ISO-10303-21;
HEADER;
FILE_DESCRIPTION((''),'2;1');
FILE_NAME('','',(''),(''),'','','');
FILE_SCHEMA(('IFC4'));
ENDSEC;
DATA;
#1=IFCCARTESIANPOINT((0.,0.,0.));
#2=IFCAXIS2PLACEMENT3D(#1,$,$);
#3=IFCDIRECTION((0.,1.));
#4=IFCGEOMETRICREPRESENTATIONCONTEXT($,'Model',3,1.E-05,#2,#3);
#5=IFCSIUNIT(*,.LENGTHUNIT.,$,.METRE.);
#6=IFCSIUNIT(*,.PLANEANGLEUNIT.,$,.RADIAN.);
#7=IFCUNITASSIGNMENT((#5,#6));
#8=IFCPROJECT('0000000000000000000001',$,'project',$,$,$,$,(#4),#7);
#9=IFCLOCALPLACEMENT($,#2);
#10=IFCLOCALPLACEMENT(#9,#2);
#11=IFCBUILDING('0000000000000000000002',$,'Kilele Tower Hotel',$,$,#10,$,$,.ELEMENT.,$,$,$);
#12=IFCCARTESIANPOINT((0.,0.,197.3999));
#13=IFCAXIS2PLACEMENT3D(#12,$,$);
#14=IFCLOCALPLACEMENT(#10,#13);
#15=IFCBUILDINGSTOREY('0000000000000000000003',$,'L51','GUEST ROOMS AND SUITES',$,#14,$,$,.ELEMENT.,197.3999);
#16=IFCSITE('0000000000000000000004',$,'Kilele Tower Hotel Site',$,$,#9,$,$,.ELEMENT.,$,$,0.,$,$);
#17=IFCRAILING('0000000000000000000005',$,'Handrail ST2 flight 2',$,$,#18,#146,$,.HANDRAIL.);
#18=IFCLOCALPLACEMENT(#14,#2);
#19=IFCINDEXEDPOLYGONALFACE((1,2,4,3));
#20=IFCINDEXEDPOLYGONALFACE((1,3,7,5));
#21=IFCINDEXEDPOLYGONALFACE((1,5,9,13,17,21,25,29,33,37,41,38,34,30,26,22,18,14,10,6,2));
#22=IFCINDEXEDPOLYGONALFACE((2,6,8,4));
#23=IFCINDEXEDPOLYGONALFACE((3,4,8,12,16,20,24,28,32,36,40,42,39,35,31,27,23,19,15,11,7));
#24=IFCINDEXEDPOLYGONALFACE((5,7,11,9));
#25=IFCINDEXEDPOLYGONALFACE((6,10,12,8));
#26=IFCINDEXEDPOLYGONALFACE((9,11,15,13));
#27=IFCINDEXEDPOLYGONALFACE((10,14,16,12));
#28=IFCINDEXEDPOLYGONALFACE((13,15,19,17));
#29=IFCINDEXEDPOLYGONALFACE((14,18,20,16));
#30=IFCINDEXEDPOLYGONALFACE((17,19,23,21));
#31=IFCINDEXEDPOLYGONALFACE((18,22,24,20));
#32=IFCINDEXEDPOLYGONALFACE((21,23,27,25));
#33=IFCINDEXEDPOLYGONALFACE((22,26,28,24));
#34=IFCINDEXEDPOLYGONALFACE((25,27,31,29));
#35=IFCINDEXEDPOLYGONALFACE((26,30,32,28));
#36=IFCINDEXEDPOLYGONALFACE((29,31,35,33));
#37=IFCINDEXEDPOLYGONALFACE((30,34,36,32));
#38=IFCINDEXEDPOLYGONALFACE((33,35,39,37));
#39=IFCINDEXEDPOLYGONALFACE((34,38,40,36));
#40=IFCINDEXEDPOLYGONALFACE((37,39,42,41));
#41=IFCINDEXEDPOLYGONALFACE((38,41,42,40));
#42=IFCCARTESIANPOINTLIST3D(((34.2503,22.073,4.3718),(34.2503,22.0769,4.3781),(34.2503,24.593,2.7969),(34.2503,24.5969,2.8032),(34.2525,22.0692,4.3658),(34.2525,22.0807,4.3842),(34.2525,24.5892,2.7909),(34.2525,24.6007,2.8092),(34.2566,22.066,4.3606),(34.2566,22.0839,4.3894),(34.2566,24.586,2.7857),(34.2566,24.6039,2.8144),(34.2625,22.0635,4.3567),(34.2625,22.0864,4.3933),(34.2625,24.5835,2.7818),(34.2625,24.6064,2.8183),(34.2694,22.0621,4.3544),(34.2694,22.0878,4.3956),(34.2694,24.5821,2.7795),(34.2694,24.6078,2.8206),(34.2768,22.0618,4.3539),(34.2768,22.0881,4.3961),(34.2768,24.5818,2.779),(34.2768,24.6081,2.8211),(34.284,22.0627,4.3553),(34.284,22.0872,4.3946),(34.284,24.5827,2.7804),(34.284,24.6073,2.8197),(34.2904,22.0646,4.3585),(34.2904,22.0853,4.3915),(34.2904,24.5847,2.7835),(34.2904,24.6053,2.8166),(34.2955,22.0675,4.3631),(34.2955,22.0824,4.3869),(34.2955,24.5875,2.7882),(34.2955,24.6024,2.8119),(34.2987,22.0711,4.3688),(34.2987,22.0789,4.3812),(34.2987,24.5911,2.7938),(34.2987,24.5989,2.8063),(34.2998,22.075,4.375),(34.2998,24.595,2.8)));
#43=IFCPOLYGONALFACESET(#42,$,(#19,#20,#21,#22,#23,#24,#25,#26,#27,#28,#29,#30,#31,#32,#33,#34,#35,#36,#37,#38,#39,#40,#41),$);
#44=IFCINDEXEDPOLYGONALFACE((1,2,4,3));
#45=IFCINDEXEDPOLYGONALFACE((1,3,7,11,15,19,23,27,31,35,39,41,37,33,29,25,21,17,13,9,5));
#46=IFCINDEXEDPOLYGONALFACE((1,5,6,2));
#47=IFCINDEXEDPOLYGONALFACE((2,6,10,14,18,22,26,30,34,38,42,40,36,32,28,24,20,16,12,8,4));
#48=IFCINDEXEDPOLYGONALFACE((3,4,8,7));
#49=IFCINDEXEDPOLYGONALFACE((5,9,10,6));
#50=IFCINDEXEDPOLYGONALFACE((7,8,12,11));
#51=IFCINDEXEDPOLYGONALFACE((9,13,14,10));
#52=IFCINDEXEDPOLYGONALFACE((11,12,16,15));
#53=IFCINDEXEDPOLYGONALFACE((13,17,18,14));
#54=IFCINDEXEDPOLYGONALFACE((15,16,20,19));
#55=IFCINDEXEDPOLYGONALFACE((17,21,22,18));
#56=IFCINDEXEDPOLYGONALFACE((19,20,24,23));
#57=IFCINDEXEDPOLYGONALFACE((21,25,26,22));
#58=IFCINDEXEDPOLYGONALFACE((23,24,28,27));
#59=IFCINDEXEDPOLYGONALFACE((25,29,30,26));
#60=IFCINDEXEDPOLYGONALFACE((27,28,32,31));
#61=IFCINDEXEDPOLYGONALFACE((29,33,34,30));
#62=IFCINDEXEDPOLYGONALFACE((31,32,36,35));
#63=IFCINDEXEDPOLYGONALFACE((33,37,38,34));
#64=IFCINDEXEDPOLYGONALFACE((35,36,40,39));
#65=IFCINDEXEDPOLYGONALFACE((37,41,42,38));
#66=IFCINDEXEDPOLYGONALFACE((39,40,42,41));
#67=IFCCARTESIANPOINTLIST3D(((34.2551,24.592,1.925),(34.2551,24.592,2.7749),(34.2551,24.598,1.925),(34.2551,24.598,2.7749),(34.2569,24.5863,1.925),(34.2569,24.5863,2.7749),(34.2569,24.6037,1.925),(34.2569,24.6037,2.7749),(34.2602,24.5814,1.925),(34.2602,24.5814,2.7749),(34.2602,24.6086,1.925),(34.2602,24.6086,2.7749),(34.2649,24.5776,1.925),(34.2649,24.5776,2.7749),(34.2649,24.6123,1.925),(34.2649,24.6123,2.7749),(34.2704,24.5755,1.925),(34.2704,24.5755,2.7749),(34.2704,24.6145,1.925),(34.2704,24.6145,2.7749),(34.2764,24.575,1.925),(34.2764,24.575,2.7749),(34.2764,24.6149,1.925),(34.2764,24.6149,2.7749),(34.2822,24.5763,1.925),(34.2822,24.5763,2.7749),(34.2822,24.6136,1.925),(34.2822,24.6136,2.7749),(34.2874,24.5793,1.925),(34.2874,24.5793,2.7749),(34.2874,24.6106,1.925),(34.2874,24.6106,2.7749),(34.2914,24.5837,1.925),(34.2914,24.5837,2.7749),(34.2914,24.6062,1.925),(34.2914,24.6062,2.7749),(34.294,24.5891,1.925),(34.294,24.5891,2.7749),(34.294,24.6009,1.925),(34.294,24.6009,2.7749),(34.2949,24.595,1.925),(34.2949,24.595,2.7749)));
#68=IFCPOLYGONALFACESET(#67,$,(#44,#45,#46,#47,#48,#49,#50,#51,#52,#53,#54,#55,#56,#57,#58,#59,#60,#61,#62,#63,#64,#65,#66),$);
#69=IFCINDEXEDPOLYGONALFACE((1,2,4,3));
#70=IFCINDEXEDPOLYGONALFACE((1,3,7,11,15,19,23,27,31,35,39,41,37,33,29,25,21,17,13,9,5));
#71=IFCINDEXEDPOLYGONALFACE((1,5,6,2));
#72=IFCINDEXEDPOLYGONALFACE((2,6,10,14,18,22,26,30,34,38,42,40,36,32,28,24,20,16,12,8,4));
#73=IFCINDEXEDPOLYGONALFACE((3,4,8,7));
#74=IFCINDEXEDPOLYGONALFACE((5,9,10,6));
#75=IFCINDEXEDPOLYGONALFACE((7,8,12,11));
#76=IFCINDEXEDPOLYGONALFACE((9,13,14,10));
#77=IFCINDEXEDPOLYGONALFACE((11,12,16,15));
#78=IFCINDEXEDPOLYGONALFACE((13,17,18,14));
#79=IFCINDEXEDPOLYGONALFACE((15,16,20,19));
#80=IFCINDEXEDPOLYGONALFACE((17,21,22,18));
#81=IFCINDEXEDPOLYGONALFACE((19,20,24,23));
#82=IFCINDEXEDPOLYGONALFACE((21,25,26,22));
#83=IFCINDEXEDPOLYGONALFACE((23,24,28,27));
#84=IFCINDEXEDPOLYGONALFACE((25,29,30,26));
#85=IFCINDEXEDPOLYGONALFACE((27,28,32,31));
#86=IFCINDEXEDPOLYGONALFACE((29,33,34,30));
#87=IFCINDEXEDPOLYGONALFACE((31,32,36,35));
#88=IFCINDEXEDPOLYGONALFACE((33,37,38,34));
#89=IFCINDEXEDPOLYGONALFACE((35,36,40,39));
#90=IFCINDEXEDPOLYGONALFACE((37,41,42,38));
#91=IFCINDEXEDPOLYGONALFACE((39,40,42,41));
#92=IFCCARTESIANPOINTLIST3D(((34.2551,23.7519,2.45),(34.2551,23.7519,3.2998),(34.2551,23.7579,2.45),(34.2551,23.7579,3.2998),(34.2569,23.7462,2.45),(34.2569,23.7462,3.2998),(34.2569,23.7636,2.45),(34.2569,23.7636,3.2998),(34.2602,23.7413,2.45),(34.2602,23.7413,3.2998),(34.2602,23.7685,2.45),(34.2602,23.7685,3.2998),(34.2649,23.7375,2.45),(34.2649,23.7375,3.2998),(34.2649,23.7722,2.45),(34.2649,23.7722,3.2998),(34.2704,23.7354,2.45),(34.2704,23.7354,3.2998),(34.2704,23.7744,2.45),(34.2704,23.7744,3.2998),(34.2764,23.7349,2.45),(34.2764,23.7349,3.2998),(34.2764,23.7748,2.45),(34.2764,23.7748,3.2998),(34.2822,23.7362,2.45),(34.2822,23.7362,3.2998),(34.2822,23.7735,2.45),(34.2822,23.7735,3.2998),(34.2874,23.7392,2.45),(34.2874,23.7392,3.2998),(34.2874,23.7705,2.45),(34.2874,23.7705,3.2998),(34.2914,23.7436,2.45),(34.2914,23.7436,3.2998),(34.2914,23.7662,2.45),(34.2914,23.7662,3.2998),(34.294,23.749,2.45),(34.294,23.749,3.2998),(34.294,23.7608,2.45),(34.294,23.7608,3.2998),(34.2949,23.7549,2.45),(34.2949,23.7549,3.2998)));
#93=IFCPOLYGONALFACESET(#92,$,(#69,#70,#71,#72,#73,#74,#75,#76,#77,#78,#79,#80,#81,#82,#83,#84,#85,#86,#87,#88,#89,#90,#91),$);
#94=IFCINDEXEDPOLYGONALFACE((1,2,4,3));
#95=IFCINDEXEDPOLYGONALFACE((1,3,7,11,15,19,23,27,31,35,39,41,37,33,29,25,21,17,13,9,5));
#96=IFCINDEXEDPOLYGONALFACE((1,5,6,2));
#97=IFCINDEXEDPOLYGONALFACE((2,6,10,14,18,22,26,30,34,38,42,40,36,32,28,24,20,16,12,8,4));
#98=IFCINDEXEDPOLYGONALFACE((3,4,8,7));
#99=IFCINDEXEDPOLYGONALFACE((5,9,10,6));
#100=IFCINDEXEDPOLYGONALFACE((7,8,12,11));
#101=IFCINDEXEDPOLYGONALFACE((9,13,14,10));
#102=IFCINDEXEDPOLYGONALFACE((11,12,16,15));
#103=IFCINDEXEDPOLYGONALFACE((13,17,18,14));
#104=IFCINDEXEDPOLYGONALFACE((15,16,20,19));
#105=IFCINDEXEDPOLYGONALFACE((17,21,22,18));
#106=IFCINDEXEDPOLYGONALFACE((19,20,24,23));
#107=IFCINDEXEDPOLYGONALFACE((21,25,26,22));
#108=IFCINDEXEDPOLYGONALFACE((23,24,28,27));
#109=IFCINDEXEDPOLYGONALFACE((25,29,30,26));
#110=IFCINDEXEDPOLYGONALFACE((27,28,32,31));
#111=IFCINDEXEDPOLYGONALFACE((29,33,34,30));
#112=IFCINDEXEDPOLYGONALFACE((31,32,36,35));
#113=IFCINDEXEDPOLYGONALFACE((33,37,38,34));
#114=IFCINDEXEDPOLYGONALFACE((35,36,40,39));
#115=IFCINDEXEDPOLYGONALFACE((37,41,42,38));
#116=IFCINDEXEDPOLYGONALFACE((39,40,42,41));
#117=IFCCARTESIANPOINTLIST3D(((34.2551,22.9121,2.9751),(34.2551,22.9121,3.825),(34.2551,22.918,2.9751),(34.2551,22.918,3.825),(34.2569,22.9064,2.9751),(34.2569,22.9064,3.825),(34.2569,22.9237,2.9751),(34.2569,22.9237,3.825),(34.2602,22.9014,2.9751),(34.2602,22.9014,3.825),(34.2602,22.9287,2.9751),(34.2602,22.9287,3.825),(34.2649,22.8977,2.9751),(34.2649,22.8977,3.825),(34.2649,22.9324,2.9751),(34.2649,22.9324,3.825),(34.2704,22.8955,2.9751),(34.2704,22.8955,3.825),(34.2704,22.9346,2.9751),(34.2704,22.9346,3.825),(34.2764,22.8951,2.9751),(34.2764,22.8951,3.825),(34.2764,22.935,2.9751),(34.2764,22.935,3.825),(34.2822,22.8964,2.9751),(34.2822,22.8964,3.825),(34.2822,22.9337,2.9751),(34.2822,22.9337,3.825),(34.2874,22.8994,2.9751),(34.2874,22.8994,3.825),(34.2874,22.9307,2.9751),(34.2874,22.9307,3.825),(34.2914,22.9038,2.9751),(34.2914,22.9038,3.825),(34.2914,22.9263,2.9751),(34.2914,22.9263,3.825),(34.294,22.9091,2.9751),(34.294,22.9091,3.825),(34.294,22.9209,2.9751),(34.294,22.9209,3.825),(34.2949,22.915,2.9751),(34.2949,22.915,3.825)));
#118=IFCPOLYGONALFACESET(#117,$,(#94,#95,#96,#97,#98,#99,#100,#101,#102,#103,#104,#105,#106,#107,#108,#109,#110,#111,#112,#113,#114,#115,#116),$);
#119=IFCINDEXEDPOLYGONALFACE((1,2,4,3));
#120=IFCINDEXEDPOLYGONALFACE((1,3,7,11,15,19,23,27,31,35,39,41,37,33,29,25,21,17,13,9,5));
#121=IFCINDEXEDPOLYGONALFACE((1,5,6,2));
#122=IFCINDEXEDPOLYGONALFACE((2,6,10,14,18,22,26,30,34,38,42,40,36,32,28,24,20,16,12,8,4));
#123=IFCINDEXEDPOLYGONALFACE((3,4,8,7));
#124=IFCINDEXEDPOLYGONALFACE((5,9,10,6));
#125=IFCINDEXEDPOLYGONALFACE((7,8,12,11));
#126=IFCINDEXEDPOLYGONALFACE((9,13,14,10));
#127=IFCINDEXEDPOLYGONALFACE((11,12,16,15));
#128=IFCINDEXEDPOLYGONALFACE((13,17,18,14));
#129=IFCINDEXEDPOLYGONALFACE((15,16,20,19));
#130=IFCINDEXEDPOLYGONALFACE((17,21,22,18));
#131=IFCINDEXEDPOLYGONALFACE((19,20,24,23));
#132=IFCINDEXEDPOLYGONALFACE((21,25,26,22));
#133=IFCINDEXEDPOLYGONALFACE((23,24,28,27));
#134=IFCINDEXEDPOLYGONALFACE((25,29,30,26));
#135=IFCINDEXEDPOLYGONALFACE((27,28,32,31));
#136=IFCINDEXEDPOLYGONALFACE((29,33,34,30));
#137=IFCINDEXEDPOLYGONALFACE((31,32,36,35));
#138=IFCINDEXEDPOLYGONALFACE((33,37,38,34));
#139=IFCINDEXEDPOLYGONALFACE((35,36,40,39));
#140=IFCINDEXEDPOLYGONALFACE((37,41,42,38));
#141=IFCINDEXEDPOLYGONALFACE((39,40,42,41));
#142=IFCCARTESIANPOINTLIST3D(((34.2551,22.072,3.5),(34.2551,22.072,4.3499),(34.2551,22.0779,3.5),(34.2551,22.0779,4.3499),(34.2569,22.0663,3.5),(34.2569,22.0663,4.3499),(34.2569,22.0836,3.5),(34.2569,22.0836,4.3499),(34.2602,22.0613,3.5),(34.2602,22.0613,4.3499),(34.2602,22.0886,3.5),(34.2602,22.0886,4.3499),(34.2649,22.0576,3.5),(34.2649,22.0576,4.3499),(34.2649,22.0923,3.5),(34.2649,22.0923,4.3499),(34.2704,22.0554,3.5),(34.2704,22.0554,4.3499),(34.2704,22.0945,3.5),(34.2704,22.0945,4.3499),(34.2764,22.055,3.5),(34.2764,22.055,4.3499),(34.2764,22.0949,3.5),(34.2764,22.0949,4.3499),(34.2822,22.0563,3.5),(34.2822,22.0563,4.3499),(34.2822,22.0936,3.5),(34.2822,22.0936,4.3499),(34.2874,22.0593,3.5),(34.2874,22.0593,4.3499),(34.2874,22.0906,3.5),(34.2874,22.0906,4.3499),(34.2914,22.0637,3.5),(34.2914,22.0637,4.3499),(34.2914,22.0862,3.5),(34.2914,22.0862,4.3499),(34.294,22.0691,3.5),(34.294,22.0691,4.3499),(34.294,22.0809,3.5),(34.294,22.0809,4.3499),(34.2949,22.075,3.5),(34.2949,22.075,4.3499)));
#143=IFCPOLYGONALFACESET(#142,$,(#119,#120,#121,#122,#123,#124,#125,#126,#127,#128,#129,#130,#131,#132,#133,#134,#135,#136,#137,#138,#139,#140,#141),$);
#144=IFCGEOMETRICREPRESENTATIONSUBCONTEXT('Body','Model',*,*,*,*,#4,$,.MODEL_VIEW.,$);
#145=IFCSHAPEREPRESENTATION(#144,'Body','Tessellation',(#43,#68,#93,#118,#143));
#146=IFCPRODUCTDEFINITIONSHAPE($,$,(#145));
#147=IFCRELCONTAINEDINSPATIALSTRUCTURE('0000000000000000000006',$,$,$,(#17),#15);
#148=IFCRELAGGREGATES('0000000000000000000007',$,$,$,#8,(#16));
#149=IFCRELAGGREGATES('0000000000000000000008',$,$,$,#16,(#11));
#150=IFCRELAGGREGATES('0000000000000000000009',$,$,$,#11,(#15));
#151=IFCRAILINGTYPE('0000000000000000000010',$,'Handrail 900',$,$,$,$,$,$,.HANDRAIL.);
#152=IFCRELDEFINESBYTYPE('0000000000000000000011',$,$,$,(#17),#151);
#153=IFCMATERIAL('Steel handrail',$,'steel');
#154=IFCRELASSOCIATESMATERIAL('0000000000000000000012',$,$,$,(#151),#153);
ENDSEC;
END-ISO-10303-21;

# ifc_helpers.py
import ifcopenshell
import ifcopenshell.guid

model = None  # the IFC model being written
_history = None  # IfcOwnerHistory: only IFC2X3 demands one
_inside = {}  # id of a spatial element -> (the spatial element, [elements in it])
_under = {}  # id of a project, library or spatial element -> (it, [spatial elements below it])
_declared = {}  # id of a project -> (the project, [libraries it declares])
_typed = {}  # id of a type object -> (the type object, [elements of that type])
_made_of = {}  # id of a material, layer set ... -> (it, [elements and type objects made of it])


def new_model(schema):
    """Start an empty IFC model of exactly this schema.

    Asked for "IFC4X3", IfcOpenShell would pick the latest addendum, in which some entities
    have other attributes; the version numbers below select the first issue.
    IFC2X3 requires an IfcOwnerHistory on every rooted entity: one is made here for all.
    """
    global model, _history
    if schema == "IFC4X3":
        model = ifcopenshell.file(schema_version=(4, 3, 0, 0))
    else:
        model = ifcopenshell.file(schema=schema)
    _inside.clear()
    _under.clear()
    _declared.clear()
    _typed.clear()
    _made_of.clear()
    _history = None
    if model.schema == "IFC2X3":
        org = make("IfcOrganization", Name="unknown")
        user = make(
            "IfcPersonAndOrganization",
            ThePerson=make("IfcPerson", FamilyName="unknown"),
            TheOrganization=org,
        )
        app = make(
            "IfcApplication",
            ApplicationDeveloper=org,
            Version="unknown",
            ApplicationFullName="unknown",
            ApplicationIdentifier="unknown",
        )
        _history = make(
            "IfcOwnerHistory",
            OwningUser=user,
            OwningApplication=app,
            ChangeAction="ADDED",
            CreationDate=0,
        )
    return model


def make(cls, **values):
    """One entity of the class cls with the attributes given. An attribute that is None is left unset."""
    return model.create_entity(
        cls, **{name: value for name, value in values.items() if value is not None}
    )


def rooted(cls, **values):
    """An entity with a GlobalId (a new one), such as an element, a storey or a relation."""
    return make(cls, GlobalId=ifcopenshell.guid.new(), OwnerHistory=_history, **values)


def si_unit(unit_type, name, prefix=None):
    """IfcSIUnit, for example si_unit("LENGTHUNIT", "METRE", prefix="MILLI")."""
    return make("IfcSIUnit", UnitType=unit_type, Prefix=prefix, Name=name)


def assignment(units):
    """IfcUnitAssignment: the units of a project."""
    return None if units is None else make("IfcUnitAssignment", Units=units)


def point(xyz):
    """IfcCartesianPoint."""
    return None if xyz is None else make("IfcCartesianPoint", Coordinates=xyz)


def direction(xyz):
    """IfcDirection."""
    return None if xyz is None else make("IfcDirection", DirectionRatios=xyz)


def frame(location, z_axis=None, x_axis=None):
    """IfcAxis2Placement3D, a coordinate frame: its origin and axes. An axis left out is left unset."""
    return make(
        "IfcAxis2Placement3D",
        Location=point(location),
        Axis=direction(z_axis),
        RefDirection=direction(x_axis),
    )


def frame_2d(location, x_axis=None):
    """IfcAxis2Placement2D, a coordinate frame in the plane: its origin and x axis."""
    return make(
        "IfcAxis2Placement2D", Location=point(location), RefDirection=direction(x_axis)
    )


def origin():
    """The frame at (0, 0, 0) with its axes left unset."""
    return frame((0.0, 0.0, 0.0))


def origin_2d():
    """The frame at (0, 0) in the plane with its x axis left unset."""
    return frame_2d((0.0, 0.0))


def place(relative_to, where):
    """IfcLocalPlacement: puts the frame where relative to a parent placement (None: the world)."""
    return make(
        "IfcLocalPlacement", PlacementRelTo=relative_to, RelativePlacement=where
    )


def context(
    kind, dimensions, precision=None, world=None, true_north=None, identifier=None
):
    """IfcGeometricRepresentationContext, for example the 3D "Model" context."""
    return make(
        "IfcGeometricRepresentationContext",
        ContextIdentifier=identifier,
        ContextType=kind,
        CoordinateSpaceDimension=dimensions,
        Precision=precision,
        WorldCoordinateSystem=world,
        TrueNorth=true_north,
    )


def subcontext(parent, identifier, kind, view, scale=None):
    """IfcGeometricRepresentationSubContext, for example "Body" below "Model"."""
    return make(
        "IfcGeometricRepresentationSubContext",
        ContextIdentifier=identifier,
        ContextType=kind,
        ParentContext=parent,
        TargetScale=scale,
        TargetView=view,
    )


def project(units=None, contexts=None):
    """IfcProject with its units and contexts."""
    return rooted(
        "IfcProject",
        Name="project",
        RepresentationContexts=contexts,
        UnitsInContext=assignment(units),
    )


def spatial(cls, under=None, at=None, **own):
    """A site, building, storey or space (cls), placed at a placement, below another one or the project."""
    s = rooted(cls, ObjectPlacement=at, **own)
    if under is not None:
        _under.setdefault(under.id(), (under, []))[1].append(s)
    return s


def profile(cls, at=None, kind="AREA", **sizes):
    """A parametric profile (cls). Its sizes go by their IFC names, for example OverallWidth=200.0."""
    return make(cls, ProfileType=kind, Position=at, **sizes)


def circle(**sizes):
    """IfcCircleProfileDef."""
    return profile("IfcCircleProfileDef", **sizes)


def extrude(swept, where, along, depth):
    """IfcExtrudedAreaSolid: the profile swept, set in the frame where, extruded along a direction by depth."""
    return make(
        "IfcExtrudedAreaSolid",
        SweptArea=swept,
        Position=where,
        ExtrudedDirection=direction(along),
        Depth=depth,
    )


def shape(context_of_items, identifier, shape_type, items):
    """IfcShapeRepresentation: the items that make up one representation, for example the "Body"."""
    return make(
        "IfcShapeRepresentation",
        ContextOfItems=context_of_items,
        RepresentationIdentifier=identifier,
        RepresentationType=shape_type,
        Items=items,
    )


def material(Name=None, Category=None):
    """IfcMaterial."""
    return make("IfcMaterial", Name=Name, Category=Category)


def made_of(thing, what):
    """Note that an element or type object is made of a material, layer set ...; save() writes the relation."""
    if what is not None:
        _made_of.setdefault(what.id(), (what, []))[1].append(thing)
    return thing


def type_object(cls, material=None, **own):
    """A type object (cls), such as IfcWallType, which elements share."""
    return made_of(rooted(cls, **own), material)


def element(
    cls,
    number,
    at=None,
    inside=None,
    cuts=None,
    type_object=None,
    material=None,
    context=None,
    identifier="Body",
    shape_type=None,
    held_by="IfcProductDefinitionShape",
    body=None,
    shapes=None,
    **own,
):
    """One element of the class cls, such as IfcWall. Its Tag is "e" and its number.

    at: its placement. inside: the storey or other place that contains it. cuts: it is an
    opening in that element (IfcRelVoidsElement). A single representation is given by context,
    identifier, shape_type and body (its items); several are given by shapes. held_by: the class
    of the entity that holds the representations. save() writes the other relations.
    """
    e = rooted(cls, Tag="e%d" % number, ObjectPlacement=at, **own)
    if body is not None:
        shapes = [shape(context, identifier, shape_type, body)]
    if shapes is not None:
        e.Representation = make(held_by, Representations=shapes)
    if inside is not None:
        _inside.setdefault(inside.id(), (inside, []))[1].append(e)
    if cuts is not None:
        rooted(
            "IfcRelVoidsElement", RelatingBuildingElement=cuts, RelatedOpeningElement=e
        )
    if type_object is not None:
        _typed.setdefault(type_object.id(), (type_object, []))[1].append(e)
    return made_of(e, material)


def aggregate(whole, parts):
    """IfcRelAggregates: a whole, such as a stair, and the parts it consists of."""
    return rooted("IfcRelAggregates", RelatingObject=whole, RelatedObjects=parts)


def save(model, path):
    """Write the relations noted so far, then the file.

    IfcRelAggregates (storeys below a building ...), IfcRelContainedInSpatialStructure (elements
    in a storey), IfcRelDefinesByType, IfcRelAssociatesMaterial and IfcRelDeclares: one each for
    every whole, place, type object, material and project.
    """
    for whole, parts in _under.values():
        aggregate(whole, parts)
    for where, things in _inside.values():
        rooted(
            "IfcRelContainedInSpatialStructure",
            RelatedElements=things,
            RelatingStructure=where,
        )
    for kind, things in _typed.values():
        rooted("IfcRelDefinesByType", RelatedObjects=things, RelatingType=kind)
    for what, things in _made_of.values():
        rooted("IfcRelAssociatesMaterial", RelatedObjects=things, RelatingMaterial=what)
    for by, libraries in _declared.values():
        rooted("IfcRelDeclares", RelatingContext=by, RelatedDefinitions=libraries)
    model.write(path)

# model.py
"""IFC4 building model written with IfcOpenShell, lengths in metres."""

from ifc_helpers import new_model, si_unit, direction, frame, origin, origin_2d, place, context, subcontext, project, spatial, circle, extrude, material, type_object, element, save


model = new_model("IFC4")

# Units and contexts
model_context = context("Model", 3, precision=1e-05, world=origin(), true_north=direction((0.0, 1.0)))
body_context = subcontext(model_context, "Body", "Model", "MODEL_VIEW")
ifc_project = project(units=[si_unit("LENGTHUNIT", "METRE"), si_unit("PLANEANGLEUNIT", "RADIAN")], contexts=[model_context])

# Site, building, storey
site_placement = place(None, origin())
site = spatial("IfcSite", under=ifc_project, at=site_placement, Name="Kilele Tower Hotel Site", CompositionType="ELEMENT", RefElevation=0.0)
building_placement = place(site_placement, origin())
building = spatial("IfcBuilding", under=site, at=building_placement, Name="Kilele Tower Hotel", CompositionType="ELEMENT")
storey_placement = place(building_placement, frame((0.0, 0.0, 197.3999)))
storey = spatial("IfcBuildingStorey", under=building, at=storey_placement, Name="L51", Description="GUEST ROOMS AND SUITES", CompositionType="ELEMENT", Elevation=197.3999)

# Railing
ifc_material_1 = material(Name="Steel handrail", Category="steel")
railing_type_1 = type_object("IfcRailingType", Name="Handrail 900", PredefinedType="HANDRAIL", material=ifc_material_1)
for number, where, name in (
    (1, (34.2749, 24.595, 1.925), "Handrail ST2 flight 2"),
):
    element("IfcRailing", number, at=place(storey_placement, frame(where)), inside=storey, type_object=railing_type_1, Name=name, PredefinedType="HANDRAIL", context=body_context, shape_type="SweptSolid", body=[
        extrude(circle(Radius=0.0249, at=origin_2d()), frame((0.0, 0.0, 0.875), z_axis=(0.0, -0.848008, 0.529984), x_axis=(1.0, 0.0, 0.0)), (0.0, 0.0, 1.0), 2.9717),
        extrude(circle(Radius=0.02, at=origin_2d()), origin(), (0.0, 0.0, 1.0), 0.8499),
        extrude(circle(Radius=0.02, at=origin_2d()), frame((0.0, -0.8401, 0.5249)), (0.0, 0.0, 1.0), 0.8499),
        extrude(circle(Radius=0.02, at=origin_2d()), frame((0.0, -1.6799, 1.05)), (0.0, 0.0, 1.0), 0.8499),
        extrude(circle(Radius=0.02, at=origin_2d()), frame((0.0, -2.52, 1.575)), (0.0, 0.0, 1.0), 0.8499),
    ])

save(model, "model.ifc")
